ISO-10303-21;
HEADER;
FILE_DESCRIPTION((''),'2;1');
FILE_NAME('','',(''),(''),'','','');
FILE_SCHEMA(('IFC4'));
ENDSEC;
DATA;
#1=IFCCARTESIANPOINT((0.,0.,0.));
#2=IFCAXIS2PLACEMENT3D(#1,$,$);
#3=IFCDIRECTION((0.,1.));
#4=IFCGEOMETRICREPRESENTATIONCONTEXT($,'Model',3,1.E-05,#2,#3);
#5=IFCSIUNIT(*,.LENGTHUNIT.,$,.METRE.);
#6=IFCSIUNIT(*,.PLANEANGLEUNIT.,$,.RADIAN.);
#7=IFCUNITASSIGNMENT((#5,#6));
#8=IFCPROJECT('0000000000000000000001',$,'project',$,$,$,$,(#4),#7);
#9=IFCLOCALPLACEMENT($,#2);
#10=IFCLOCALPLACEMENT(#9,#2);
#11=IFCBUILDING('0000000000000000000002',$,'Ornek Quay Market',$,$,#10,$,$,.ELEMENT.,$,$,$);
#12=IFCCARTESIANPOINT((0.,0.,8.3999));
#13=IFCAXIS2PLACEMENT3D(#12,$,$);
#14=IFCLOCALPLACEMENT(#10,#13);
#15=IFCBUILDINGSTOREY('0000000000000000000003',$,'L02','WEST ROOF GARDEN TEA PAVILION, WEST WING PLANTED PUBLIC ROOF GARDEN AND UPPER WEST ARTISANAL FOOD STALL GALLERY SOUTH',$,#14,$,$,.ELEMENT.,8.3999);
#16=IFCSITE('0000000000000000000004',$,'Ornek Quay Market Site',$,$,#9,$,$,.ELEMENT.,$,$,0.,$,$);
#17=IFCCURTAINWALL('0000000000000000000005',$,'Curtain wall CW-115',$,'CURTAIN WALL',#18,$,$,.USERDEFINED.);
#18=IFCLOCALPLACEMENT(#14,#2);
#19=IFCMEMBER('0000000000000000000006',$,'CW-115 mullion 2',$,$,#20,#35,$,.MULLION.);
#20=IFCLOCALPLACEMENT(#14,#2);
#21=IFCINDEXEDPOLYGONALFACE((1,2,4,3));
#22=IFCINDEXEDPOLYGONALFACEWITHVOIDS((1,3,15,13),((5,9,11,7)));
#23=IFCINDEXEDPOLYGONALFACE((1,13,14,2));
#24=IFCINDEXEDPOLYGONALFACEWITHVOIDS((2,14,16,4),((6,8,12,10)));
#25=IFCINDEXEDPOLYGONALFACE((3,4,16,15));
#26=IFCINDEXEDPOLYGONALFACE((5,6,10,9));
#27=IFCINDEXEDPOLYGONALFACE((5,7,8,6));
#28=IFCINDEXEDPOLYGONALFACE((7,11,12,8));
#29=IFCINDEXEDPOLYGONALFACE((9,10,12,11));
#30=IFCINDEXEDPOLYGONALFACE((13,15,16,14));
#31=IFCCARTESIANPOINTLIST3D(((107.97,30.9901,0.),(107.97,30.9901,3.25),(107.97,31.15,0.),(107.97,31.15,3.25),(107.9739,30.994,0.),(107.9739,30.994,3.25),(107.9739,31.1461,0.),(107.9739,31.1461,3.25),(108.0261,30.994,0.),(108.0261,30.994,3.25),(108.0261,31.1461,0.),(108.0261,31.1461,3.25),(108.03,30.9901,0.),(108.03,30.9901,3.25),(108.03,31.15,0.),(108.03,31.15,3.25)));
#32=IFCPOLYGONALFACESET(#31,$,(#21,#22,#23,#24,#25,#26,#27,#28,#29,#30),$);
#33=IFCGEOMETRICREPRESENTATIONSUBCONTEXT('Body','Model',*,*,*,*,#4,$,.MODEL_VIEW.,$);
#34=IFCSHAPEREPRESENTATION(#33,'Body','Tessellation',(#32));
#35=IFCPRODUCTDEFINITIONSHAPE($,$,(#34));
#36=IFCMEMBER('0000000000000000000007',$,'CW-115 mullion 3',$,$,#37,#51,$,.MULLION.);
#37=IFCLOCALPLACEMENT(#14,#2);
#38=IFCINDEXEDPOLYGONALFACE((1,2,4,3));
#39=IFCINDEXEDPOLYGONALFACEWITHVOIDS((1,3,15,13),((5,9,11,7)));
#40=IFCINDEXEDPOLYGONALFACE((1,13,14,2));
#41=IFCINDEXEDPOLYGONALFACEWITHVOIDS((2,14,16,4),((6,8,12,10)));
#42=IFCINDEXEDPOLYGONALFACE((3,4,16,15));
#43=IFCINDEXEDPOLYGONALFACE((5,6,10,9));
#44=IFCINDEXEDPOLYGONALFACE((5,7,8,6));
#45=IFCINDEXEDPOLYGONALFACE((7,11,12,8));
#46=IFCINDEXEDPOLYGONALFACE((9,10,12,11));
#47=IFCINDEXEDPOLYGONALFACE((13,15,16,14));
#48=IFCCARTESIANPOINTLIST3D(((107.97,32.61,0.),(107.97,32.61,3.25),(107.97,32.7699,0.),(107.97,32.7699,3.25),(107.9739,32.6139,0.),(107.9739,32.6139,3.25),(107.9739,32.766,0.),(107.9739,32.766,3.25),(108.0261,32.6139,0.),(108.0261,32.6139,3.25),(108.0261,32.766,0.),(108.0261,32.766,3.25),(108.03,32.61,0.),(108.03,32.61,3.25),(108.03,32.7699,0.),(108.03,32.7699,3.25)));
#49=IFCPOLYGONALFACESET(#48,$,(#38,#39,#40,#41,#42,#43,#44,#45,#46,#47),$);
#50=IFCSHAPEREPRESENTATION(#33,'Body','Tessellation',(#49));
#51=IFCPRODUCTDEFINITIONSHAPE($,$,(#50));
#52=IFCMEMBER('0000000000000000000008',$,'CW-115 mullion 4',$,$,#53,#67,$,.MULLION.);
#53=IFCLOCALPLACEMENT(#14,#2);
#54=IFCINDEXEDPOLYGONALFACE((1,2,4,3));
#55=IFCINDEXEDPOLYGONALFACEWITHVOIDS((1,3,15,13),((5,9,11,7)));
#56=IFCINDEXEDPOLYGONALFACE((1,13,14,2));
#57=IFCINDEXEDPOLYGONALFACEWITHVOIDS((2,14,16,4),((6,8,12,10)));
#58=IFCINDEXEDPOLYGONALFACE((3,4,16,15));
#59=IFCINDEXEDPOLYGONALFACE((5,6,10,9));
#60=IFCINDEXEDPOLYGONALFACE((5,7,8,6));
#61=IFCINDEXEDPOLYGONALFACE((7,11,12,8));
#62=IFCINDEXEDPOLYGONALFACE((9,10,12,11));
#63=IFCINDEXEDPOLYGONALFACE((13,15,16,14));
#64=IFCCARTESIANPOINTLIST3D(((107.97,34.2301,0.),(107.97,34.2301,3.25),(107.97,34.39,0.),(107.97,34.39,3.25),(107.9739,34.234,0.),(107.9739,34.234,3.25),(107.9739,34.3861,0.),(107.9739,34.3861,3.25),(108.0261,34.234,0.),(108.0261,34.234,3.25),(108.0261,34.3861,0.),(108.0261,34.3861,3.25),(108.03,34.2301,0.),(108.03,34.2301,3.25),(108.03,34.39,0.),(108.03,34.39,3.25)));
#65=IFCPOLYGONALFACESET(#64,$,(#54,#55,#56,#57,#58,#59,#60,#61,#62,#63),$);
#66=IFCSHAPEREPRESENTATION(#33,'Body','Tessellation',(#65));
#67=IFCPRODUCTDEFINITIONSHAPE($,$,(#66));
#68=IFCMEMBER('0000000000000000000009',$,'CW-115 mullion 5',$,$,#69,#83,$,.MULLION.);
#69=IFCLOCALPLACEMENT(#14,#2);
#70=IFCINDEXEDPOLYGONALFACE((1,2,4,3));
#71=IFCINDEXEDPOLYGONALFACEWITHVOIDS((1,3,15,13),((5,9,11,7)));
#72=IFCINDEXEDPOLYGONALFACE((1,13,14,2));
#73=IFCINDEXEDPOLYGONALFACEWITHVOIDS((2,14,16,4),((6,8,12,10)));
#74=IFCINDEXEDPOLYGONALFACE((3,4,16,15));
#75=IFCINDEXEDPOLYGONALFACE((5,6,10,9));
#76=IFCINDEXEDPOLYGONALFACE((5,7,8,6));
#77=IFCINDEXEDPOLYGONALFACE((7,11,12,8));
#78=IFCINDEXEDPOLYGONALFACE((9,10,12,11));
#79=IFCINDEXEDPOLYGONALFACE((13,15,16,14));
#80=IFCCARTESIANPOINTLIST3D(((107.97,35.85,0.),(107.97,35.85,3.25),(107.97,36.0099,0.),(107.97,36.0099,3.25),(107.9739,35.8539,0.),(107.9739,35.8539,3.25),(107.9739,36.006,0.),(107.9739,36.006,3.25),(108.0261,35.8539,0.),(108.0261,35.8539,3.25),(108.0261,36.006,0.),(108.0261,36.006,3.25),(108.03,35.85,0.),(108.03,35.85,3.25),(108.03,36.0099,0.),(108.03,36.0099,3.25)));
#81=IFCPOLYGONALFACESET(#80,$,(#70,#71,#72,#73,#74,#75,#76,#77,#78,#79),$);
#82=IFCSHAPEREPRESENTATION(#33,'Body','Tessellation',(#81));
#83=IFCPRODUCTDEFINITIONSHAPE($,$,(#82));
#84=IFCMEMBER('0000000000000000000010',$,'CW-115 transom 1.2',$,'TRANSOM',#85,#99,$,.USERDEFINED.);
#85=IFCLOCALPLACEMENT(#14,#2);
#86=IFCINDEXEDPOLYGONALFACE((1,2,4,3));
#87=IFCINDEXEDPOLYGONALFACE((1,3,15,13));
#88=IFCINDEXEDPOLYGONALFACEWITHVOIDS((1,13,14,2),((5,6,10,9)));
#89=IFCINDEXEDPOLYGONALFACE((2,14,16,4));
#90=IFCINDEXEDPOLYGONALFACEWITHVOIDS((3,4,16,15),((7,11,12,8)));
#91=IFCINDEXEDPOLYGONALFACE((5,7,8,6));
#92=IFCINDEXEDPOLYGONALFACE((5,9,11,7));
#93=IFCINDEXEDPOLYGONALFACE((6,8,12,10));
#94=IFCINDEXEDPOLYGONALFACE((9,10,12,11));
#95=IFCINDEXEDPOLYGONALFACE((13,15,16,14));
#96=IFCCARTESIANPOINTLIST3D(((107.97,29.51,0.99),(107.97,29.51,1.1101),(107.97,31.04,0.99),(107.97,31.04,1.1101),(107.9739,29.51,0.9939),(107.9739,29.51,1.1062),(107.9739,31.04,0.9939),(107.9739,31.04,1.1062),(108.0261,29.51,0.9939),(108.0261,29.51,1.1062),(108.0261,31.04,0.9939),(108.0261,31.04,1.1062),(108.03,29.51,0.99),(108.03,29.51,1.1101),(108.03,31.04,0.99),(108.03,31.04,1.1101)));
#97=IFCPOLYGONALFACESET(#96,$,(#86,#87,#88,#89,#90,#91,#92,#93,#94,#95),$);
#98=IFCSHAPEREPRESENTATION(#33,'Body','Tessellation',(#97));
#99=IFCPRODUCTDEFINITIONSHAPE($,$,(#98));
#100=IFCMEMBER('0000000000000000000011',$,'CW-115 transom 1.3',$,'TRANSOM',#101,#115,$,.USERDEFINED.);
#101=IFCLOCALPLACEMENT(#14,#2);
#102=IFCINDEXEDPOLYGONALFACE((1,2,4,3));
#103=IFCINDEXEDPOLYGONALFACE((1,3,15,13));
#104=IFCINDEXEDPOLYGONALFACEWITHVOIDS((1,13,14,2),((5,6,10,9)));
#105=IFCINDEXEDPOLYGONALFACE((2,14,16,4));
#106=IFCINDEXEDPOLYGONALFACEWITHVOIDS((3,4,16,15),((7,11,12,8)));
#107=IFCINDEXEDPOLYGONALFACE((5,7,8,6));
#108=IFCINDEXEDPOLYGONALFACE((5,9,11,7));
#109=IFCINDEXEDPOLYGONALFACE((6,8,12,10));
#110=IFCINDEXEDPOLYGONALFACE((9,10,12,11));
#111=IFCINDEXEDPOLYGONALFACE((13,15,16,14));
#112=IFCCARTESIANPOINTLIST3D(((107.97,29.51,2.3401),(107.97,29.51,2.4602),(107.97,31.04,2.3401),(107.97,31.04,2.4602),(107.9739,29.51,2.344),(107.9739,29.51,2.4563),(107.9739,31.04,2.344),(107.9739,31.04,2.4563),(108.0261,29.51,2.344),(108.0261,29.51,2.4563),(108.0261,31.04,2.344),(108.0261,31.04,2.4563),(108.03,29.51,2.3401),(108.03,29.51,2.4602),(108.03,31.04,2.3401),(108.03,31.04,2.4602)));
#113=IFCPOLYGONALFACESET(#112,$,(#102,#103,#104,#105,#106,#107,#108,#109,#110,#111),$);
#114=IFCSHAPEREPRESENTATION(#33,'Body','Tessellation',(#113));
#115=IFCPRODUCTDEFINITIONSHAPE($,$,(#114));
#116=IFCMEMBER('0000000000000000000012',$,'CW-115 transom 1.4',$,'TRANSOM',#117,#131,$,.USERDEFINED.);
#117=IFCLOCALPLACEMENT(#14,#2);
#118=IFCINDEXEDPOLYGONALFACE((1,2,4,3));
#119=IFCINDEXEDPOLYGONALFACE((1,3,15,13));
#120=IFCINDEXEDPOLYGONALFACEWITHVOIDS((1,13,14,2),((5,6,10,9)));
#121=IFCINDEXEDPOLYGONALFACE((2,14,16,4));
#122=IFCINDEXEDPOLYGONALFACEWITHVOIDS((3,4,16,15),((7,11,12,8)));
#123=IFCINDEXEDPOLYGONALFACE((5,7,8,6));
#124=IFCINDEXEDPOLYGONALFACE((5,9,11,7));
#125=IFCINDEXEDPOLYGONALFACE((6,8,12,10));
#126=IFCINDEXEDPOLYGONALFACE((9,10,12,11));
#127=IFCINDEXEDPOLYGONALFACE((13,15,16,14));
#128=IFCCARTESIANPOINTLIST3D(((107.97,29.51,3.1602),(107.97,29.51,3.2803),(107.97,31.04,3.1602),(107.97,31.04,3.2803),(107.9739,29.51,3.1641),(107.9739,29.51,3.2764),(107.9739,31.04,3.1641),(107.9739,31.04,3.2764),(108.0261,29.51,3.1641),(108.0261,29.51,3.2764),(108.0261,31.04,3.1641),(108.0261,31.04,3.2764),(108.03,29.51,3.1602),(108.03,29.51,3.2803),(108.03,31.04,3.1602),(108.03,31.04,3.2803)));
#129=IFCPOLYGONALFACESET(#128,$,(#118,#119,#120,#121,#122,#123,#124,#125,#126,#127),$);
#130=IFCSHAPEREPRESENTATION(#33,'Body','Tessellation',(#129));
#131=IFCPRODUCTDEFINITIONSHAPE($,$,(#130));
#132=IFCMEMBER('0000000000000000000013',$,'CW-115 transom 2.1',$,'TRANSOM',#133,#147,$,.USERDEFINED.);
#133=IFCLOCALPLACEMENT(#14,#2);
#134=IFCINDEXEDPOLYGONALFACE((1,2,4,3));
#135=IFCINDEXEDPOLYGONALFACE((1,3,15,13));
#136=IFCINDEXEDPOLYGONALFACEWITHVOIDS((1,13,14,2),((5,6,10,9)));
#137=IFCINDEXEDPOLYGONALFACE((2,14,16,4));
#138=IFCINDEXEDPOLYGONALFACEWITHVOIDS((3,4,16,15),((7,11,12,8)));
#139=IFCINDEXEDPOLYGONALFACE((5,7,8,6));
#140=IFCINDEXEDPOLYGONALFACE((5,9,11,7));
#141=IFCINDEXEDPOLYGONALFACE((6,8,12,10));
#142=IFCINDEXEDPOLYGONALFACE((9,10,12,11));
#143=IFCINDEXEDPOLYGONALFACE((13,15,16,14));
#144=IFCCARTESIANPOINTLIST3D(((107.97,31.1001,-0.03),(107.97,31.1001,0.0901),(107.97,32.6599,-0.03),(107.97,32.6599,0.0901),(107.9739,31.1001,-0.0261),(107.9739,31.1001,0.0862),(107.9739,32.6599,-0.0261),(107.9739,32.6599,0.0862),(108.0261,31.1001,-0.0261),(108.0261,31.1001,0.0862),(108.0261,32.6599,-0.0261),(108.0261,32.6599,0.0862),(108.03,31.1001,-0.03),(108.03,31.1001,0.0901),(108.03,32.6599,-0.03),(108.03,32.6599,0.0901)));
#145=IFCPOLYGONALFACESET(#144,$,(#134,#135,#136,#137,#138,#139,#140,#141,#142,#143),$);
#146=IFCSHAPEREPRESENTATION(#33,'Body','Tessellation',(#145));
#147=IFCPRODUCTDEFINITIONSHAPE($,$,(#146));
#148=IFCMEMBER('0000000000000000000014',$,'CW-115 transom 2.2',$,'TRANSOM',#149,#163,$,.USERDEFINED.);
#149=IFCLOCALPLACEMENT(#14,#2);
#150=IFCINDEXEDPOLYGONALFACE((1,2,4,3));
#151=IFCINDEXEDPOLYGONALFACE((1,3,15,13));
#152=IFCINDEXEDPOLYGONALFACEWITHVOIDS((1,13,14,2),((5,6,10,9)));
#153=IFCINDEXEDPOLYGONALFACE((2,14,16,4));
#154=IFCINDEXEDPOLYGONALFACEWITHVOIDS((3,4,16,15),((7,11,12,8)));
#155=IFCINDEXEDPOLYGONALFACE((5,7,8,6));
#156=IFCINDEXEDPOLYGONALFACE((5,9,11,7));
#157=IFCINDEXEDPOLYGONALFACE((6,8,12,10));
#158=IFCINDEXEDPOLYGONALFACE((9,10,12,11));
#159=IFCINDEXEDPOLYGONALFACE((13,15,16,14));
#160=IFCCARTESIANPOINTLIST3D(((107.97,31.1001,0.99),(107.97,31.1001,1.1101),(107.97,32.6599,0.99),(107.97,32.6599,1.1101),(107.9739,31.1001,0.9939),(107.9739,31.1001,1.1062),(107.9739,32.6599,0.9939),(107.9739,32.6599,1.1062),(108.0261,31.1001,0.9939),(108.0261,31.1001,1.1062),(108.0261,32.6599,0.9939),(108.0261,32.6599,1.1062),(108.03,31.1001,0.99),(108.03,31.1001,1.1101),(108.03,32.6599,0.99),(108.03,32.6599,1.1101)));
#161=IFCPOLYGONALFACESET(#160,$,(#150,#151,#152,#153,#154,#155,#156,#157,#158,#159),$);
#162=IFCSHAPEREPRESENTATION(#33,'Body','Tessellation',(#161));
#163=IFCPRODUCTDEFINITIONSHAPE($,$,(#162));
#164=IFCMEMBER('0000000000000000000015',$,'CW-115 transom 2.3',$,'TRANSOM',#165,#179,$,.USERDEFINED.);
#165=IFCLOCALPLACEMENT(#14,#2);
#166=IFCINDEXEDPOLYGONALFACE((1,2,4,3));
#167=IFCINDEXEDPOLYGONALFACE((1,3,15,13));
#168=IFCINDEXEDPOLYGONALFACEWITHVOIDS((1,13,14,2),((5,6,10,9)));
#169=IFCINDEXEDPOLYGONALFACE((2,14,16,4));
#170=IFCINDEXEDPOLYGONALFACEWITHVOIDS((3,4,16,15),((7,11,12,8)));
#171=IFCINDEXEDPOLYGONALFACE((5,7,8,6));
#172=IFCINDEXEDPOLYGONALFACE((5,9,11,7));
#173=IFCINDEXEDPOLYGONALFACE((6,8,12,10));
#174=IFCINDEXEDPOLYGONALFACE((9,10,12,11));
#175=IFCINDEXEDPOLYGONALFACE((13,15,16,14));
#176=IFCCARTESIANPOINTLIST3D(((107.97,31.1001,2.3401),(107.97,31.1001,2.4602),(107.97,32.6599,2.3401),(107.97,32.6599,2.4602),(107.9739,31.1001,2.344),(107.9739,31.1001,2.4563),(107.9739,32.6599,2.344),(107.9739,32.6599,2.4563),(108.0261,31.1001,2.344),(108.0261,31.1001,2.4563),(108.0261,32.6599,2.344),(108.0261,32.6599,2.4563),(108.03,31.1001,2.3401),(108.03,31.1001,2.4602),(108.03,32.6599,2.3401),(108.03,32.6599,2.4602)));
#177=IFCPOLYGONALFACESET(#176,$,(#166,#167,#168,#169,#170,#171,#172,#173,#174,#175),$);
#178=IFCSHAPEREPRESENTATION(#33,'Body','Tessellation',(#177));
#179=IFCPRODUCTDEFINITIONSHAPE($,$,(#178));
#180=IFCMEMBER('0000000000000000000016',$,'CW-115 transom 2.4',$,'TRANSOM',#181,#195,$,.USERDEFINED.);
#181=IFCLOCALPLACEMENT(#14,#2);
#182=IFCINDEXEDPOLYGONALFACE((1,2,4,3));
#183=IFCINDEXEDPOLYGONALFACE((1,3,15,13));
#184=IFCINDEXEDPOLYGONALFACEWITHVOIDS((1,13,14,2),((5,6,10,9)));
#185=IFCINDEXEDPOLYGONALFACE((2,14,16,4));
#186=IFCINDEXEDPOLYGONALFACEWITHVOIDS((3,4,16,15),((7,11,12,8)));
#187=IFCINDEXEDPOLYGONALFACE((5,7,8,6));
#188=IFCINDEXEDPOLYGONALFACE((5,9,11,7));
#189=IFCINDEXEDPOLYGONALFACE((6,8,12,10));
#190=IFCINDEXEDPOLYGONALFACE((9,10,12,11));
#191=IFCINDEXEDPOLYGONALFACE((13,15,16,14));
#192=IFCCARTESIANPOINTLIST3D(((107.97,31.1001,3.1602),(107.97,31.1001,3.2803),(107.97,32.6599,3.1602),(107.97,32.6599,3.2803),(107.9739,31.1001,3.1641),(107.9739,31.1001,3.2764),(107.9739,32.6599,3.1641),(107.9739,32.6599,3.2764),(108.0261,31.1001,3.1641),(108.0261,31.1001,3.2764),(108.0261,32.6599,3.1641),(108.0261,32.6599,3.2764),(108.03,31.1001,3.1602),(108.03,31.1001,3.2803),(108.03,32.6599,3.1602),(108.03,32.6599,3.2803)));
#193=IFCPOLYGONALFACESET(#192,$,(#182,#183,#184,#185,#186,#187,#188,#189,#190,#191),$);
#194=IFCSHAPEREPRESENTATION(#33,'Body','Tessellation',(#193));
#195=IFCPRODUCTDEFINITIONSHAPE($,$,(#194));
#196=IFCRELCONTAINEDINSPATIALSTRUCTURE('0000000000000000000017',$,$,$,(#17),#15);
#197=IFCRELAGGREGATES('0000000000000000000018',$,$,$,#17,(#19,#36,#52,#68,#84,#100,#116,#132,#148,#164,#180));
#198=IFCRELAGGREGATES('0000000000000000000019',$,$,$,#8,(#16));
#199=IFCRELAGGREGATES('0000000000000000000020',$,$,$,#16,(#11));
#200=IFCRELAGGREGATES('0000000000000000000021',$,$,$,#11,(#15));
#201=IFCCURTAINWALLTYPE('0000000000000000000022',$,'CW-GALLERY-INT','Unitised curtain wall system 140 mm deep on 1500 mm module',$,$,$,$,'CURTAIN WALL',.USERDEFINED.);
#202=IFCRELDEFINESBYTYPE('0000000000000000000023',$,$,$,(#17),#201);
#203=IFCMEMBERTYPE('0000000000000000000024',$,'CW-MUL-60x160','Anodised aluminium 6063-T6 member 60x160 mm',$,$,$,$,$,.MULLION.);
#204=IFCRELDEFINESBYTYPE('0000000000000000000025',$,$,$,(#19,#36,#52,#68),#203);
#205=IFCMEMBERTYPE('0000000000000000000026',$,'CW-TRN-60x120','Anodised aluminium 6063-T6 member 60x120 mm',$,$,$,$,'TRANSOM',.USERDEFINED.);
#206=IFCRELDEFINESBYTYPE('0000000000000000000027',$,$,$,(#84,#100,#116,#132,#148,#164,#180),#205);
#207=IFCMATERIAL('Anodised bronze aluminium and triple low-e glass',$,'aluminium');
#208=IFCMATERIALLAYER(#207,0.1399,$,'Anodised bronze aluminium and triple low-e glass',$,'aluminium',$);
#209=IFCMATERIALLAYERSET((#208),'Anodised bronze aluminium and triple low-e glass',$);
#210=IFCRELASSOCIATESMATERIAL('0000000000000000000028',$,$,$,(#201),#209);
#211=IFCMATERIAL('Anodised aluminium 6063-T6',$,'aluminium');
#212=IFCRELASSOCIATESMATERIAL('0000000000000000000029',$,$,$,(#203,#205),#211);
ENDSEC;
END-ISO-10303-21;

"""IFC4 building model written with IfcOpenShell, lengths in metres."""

from ifc_helpers import new_model, si_unit, direction, frame, origin, origin_2d, place, context, subcontext, project, spatial, hollow_rectangle, extrude, material, layer, layer_set, material_profile, profile_set, type_object, element, aggregate, save


model = new_model("IFC4")

# Units and contexts
model_context = context("Model", 3, precision=1e-05, world=origin(), true_north=direction((0.0, 1.0)))
body_context = subcontext(model_context, "Body", "Model", "MODEL_VIEW")
ifc_project = project(units=[si_unit("LENGTHUNIT", "METRE"), si_unit("PLANEANGLEUNIT", "RADIAN")], contexts=[model_context])

# Site, building, storey
site_placement = place(None, origin())
site = spatial("IfcSite", under=ifc_project, at=site_placement, Name="Ornek Quay Market Site", CompositionType="ELEMENT", RefElevation=0.0)
building_placement = place(site_placement, origin())
building = spatial("IfcBuilding", under=site, at=building_placement, Name="Ornek Quay Market", CompositionType="ELEMENT")
storey_placement = place(building_placement, frame((0.0, 0.0, 8.3999)))
storey = spatial("IfcBuildingStorey", under=building, at=storey_placement, Name="L02", Description="WEST ROOF GARDEN TEA PAVILION, WEST WING PLANTED PUBLIC ROOF GARDEN AND UPPER WEST ARTISANAL FOOD STALL GALLERY SOUTH", CompositionType="ELEMENT", Elevation=8.3999)

# Curtain wall, members
ifc_material_1 = material(Name="Anodised bronze aluminium and triple low-e glass", Category="aluminium")
ifc_layer_1 = layer(ifc_material_1, 0.1399, Name="Anodised bronze aluminium and triple low-e glass", Category="aluminium")
ifc_layer_set_1 = layer_set([ifc_layer_1], Name="Anodised bronze aluminium and triple low-e glass")
curtain_wall_type = type_object("IfcCurtainWallType", Name="CW-GALLERY-INT", Description="Unitised curtain wall system 140 mm deep on 1500 mm module", ElementType="CURTAIN WALL", PredefinedType="USERDEFINED", material=ifc_layer_set_1)
curtain_wall_placement = place(storey_placement, origin())
curtain_wall = element("IfcCurtainWall", 1, at=curtain_wall_placement, inside=storey, type_object=curtain_wall_type, Name="Curtain wall CW-115", ObjectType="CURTAIN WALL", PredefinedType="USERDEFINED")
ifc_material_2 = material(Name="Anodised aluminium 6063-T6", Category="aluminium")
ifc_material_profile_1 = material_profile(ifc_material_2, hollow_rectangle(XDim=0.0601, YDim=0.1599, WallThickness=0.0039, at=origin_2d()), Name="CW-MUL-60x160", Category="aluminium")
ifc_profile_set_1 = profile_set([ifc_material_profile_1], Name="Anodised aluminium 6063-T6")
member_type_1 = type_object("IfcMemberType", Name="CW-MUL-60x160", Description="Anodised aluminium 6063-T6 member 60x160 mm", PredefinedType="MULLION", material=ifc_profile_set_1)
member_1_placement = place(storey_placement, frame((108.0, 31.0701, 0.0), z_axis=(0.0, 0.0, 1.0), x_axis=(-1.0, 0.0, 0.0)))
member_1 = element("IfcMember", 2, at=member_1_placement, type_object=member_type_1, Name="CW-115 mullion 2", PredefinedType="MULLION", context=body_context, shape_type="SweptSolid", body=[
    extrude(hollow_rectangle(XDim=0.0601, YDim=0.1599, WallThickness=0.0039, at=origin_2d()), origin(), (0.0, 0.0, 1.0), 3.25),
])
member_2_placement = place(storey_placement, frame((108.0, 32.6899, 0.0), z_axis=(0.0, 0.0, 1.0), x_axis=(-1.0, 0.0, 0.0)))
member_2 = element("IfcMember", 3, at=member_2_placement, type_object=member_type_1, Name="CW-115 mullion 3", PredefinedType="MULLION", context=body_context, shape_type="SweptSolid", body=[
    extrude(hollow_rectangle(XDim=0.0601, YDim=0.1599, WallThickness=0.0039, at=origin_2d()), origin(), (0.0, 0.0, 1.0), 3.25),
])
member_3_placement = place(storey_placement, frame((108.0, 34.3101, 0.0), z_axis=(0.0, 0.0, 1.0), x_axis=(-1.0, 0.0, 0.0)))
member_3 = element("IfcMember", 4, at=member_3_placement, type_object=member_type_1, Name="CW-115 mullion 4", PredefinedType="MULLION", context=body_context, shape_type="SweptSolid", body=[
    extrude(hollow_rectangle(XDim=0.0601, YDim=0.1599, WallThickness=0.0039, at=origin_2d()), origin(), (0.0, 0.0, 1.0), 3.25),
])
member_4_placement = place(storey_placement, frame((108.0, 35.9299, 0.0), z_axis=(0.0, 0.0, 1.0), x_axis=(-1.0, 0.0, 0.0)))
member_4 = element("IfcMember", 5, at=member_4_placement, type_object=member_type_1, Name="CW-115 mullion 5", PredefinedType="MULLION", context=body_context, shape_type="SweptSolid", body=[
    extrude(hollow_rectangle(XDim=0.0601, YDim=0.1599, WallThickness=0.0039, at=origin_2d()), origin(), (0.0, 0.0, 1.0), 3.25),
])
ifc_material_profile_2 = material_profile(ifc_material_2, hollow_rectangle(XDim=0.0601, YDim=0.1201, WallThickness=0.0039, at=origin_2d()), Name="CW-TRN-60x120", Category="aluminium")
ifc_profile_set_2 = profile_set([ifc_material_profile_2], Name="Anodised aluminium 6063-T6")
member_type_2 = type_object("IfcMemberType", Name="CW-TRN-60x120", Description="Anodised aluminium 6063-T6 member 60x120 mm", ElementType="TRANSOM", PredefinedType="USERDEFINED", material=ifc_profile_set_2)
member_5_placement = place(storey_placement, frame((108.0, 29.51, 1.05), z_axis=(0.0, 1.0, 0.0), x_axis=(-1.0, 0.0, 0.0)))
member_5 = element("IfcMember", 6, at=member_5_placement, type_object=member_type_2, Name="CW-115 transom 1.2", ObjectType="TRANSOM", PredefinedType="USERDEFINED", context=body_context, shape_type="SweptSolid", body=[
    extrude(hollow_rectangle(XDim=0.0601, YDim=0.1201, WallThickness=0.0039, at=origin_2d()), origin(), (0.0, 0.0, 1.0), 1.53),
])
member_6_placement = place(storey_placement, frame((108.0, 29.51, 2.4001), z_axis=(0.0, 1.0, 0.0), x_axis=(-1.0, 0.0, 0.0)))
member_6 = element("IfcMember", 7, at=member_6_placement, type_object=member_type_2, Name="CW-115 transom 1.3", ObjectType="TRANSOM", PredefinedType="USERDEFINED", context=body_context, shape_type="SweptSolid", body=[
    extrude(hollow_rectangle(XDim=0.0601, YDim=0.1201, WallThickness=0.0039, at=origin_2d()), origin(), (0.0, 0.0, 1.0), 1.53),
])
member_7_placement = place(storey_placement, frame((108.0, 29.51, 3.2202), z_axis=(0.0, 1.0, 0.0), x_axis=(-1.0, 0.0, 0.0)))
member_7 = element("IfcMember", 8, at=member_7_placement, type_object=member_type_2, Name="CW-115 transom 1.4", ObjectType="TRANSOM", PredefinedType="USERDEFINED", context=body_context, shape_type="SweptSolid", body=[
    extrude(hollow_rectangle(XDim=0.0601, YDim=0.1201, WallThickness=0.0039, at=origin_2d()), origin(), (0.0, 0.0, 1.0), 1.53),
])
member_8_placement = place(storey_placement, frame((108.0, 31.1001, 0.03), z_axis=(0.0, 1.0, 0.0), x_axis=(-1.0, 0.0, 0.0)))
member_8 = element("IfcMember", 9, at=member_8_placement, type_object=member_type_2, Name="CW-115 transom 2.1", ObjectType="TRANSOM", PredefinedType="USERDEFINED", context=body_context, shape_type="SweptSolid", body=[
    extrude(hollow_rectangle(XDim=0.0601, YDim=0.1201, WallThickness=0.0039, at=origin_2d()), origin(), (0.0, 0.0, 1.0), 1.5598),
])
member_9_placement = place(storey_placement, frame((108.0, 31.1001, 1.05), z_axis=(0.0, 1.0, 0.0), x_axis=(-1.0, 0.0, 0.0)))
member_9 = element("IfcMember", 10, at=member_9_placement, type_object=member_type_2, Name="CW-115 transom 2.2", ObjectType="TRANSOM", PredefinedType="USERDEFINED", context=body_context, shape_type="SweptSolid", body=[
    extrude(hollow_rectangle(XDim=0.0601, YDim=0.1201, WallThickness=0.0039, at=origin_2d()), origin(), (0.0, 0.0, 1.0), 1.5598),
])
member_10_placement = place(storey_placement, frame((108.0, 31.1001, 2.4001), z_axis=(0.0, 1.0, 0.0), x_axis=(-1.0, 0.0, 0.0)))
member_10 = element("IfcMember", 11, at=member_10_placement, type_object=member_type_2, Name="CW-115 transom 2.3", ObjectType="TRANSOM", PredefinedType="USERDEFINED", context=body_context, shape_type="SweptSolid", body=[
    extrude(hollow_rectangle(XDim=0.0601, YDim=0.1201, WallThickness=0.0039, at=origin_2d()), origin(), (0.0, 0.0, 1.0), 1.5598),
])
member_11_placement = place(storey_placement, frame((108.0, 31.1001, 3.2202), z_axis=(0.0, 1.0, 0.0), x_axis=(-1.0, 0.0, 0.0)))
member_11 = element("IfcMember", 12, at=member_11_placement, type_object=member_type_2, Name="CW-115 transom 2.4", ObjectType="TRANSOM", PredefinedType="USERDEFINED", context=body_context, shape_type="SweptSolid", body=[
    extrude(hollow_rectangle(XDim=0.0601, YDim=0.1201, WallThickness=0.0039, at=origin_2d()), origin(), (0.0, 0.0, 1.0), 1.5598),
])
aggregate(curtain_wall, [member_1, member_2, member_3, member_4, member_5, member_6, member_7, member_8, member_9, member_10, member_11])

save(model, "model.ifc")
